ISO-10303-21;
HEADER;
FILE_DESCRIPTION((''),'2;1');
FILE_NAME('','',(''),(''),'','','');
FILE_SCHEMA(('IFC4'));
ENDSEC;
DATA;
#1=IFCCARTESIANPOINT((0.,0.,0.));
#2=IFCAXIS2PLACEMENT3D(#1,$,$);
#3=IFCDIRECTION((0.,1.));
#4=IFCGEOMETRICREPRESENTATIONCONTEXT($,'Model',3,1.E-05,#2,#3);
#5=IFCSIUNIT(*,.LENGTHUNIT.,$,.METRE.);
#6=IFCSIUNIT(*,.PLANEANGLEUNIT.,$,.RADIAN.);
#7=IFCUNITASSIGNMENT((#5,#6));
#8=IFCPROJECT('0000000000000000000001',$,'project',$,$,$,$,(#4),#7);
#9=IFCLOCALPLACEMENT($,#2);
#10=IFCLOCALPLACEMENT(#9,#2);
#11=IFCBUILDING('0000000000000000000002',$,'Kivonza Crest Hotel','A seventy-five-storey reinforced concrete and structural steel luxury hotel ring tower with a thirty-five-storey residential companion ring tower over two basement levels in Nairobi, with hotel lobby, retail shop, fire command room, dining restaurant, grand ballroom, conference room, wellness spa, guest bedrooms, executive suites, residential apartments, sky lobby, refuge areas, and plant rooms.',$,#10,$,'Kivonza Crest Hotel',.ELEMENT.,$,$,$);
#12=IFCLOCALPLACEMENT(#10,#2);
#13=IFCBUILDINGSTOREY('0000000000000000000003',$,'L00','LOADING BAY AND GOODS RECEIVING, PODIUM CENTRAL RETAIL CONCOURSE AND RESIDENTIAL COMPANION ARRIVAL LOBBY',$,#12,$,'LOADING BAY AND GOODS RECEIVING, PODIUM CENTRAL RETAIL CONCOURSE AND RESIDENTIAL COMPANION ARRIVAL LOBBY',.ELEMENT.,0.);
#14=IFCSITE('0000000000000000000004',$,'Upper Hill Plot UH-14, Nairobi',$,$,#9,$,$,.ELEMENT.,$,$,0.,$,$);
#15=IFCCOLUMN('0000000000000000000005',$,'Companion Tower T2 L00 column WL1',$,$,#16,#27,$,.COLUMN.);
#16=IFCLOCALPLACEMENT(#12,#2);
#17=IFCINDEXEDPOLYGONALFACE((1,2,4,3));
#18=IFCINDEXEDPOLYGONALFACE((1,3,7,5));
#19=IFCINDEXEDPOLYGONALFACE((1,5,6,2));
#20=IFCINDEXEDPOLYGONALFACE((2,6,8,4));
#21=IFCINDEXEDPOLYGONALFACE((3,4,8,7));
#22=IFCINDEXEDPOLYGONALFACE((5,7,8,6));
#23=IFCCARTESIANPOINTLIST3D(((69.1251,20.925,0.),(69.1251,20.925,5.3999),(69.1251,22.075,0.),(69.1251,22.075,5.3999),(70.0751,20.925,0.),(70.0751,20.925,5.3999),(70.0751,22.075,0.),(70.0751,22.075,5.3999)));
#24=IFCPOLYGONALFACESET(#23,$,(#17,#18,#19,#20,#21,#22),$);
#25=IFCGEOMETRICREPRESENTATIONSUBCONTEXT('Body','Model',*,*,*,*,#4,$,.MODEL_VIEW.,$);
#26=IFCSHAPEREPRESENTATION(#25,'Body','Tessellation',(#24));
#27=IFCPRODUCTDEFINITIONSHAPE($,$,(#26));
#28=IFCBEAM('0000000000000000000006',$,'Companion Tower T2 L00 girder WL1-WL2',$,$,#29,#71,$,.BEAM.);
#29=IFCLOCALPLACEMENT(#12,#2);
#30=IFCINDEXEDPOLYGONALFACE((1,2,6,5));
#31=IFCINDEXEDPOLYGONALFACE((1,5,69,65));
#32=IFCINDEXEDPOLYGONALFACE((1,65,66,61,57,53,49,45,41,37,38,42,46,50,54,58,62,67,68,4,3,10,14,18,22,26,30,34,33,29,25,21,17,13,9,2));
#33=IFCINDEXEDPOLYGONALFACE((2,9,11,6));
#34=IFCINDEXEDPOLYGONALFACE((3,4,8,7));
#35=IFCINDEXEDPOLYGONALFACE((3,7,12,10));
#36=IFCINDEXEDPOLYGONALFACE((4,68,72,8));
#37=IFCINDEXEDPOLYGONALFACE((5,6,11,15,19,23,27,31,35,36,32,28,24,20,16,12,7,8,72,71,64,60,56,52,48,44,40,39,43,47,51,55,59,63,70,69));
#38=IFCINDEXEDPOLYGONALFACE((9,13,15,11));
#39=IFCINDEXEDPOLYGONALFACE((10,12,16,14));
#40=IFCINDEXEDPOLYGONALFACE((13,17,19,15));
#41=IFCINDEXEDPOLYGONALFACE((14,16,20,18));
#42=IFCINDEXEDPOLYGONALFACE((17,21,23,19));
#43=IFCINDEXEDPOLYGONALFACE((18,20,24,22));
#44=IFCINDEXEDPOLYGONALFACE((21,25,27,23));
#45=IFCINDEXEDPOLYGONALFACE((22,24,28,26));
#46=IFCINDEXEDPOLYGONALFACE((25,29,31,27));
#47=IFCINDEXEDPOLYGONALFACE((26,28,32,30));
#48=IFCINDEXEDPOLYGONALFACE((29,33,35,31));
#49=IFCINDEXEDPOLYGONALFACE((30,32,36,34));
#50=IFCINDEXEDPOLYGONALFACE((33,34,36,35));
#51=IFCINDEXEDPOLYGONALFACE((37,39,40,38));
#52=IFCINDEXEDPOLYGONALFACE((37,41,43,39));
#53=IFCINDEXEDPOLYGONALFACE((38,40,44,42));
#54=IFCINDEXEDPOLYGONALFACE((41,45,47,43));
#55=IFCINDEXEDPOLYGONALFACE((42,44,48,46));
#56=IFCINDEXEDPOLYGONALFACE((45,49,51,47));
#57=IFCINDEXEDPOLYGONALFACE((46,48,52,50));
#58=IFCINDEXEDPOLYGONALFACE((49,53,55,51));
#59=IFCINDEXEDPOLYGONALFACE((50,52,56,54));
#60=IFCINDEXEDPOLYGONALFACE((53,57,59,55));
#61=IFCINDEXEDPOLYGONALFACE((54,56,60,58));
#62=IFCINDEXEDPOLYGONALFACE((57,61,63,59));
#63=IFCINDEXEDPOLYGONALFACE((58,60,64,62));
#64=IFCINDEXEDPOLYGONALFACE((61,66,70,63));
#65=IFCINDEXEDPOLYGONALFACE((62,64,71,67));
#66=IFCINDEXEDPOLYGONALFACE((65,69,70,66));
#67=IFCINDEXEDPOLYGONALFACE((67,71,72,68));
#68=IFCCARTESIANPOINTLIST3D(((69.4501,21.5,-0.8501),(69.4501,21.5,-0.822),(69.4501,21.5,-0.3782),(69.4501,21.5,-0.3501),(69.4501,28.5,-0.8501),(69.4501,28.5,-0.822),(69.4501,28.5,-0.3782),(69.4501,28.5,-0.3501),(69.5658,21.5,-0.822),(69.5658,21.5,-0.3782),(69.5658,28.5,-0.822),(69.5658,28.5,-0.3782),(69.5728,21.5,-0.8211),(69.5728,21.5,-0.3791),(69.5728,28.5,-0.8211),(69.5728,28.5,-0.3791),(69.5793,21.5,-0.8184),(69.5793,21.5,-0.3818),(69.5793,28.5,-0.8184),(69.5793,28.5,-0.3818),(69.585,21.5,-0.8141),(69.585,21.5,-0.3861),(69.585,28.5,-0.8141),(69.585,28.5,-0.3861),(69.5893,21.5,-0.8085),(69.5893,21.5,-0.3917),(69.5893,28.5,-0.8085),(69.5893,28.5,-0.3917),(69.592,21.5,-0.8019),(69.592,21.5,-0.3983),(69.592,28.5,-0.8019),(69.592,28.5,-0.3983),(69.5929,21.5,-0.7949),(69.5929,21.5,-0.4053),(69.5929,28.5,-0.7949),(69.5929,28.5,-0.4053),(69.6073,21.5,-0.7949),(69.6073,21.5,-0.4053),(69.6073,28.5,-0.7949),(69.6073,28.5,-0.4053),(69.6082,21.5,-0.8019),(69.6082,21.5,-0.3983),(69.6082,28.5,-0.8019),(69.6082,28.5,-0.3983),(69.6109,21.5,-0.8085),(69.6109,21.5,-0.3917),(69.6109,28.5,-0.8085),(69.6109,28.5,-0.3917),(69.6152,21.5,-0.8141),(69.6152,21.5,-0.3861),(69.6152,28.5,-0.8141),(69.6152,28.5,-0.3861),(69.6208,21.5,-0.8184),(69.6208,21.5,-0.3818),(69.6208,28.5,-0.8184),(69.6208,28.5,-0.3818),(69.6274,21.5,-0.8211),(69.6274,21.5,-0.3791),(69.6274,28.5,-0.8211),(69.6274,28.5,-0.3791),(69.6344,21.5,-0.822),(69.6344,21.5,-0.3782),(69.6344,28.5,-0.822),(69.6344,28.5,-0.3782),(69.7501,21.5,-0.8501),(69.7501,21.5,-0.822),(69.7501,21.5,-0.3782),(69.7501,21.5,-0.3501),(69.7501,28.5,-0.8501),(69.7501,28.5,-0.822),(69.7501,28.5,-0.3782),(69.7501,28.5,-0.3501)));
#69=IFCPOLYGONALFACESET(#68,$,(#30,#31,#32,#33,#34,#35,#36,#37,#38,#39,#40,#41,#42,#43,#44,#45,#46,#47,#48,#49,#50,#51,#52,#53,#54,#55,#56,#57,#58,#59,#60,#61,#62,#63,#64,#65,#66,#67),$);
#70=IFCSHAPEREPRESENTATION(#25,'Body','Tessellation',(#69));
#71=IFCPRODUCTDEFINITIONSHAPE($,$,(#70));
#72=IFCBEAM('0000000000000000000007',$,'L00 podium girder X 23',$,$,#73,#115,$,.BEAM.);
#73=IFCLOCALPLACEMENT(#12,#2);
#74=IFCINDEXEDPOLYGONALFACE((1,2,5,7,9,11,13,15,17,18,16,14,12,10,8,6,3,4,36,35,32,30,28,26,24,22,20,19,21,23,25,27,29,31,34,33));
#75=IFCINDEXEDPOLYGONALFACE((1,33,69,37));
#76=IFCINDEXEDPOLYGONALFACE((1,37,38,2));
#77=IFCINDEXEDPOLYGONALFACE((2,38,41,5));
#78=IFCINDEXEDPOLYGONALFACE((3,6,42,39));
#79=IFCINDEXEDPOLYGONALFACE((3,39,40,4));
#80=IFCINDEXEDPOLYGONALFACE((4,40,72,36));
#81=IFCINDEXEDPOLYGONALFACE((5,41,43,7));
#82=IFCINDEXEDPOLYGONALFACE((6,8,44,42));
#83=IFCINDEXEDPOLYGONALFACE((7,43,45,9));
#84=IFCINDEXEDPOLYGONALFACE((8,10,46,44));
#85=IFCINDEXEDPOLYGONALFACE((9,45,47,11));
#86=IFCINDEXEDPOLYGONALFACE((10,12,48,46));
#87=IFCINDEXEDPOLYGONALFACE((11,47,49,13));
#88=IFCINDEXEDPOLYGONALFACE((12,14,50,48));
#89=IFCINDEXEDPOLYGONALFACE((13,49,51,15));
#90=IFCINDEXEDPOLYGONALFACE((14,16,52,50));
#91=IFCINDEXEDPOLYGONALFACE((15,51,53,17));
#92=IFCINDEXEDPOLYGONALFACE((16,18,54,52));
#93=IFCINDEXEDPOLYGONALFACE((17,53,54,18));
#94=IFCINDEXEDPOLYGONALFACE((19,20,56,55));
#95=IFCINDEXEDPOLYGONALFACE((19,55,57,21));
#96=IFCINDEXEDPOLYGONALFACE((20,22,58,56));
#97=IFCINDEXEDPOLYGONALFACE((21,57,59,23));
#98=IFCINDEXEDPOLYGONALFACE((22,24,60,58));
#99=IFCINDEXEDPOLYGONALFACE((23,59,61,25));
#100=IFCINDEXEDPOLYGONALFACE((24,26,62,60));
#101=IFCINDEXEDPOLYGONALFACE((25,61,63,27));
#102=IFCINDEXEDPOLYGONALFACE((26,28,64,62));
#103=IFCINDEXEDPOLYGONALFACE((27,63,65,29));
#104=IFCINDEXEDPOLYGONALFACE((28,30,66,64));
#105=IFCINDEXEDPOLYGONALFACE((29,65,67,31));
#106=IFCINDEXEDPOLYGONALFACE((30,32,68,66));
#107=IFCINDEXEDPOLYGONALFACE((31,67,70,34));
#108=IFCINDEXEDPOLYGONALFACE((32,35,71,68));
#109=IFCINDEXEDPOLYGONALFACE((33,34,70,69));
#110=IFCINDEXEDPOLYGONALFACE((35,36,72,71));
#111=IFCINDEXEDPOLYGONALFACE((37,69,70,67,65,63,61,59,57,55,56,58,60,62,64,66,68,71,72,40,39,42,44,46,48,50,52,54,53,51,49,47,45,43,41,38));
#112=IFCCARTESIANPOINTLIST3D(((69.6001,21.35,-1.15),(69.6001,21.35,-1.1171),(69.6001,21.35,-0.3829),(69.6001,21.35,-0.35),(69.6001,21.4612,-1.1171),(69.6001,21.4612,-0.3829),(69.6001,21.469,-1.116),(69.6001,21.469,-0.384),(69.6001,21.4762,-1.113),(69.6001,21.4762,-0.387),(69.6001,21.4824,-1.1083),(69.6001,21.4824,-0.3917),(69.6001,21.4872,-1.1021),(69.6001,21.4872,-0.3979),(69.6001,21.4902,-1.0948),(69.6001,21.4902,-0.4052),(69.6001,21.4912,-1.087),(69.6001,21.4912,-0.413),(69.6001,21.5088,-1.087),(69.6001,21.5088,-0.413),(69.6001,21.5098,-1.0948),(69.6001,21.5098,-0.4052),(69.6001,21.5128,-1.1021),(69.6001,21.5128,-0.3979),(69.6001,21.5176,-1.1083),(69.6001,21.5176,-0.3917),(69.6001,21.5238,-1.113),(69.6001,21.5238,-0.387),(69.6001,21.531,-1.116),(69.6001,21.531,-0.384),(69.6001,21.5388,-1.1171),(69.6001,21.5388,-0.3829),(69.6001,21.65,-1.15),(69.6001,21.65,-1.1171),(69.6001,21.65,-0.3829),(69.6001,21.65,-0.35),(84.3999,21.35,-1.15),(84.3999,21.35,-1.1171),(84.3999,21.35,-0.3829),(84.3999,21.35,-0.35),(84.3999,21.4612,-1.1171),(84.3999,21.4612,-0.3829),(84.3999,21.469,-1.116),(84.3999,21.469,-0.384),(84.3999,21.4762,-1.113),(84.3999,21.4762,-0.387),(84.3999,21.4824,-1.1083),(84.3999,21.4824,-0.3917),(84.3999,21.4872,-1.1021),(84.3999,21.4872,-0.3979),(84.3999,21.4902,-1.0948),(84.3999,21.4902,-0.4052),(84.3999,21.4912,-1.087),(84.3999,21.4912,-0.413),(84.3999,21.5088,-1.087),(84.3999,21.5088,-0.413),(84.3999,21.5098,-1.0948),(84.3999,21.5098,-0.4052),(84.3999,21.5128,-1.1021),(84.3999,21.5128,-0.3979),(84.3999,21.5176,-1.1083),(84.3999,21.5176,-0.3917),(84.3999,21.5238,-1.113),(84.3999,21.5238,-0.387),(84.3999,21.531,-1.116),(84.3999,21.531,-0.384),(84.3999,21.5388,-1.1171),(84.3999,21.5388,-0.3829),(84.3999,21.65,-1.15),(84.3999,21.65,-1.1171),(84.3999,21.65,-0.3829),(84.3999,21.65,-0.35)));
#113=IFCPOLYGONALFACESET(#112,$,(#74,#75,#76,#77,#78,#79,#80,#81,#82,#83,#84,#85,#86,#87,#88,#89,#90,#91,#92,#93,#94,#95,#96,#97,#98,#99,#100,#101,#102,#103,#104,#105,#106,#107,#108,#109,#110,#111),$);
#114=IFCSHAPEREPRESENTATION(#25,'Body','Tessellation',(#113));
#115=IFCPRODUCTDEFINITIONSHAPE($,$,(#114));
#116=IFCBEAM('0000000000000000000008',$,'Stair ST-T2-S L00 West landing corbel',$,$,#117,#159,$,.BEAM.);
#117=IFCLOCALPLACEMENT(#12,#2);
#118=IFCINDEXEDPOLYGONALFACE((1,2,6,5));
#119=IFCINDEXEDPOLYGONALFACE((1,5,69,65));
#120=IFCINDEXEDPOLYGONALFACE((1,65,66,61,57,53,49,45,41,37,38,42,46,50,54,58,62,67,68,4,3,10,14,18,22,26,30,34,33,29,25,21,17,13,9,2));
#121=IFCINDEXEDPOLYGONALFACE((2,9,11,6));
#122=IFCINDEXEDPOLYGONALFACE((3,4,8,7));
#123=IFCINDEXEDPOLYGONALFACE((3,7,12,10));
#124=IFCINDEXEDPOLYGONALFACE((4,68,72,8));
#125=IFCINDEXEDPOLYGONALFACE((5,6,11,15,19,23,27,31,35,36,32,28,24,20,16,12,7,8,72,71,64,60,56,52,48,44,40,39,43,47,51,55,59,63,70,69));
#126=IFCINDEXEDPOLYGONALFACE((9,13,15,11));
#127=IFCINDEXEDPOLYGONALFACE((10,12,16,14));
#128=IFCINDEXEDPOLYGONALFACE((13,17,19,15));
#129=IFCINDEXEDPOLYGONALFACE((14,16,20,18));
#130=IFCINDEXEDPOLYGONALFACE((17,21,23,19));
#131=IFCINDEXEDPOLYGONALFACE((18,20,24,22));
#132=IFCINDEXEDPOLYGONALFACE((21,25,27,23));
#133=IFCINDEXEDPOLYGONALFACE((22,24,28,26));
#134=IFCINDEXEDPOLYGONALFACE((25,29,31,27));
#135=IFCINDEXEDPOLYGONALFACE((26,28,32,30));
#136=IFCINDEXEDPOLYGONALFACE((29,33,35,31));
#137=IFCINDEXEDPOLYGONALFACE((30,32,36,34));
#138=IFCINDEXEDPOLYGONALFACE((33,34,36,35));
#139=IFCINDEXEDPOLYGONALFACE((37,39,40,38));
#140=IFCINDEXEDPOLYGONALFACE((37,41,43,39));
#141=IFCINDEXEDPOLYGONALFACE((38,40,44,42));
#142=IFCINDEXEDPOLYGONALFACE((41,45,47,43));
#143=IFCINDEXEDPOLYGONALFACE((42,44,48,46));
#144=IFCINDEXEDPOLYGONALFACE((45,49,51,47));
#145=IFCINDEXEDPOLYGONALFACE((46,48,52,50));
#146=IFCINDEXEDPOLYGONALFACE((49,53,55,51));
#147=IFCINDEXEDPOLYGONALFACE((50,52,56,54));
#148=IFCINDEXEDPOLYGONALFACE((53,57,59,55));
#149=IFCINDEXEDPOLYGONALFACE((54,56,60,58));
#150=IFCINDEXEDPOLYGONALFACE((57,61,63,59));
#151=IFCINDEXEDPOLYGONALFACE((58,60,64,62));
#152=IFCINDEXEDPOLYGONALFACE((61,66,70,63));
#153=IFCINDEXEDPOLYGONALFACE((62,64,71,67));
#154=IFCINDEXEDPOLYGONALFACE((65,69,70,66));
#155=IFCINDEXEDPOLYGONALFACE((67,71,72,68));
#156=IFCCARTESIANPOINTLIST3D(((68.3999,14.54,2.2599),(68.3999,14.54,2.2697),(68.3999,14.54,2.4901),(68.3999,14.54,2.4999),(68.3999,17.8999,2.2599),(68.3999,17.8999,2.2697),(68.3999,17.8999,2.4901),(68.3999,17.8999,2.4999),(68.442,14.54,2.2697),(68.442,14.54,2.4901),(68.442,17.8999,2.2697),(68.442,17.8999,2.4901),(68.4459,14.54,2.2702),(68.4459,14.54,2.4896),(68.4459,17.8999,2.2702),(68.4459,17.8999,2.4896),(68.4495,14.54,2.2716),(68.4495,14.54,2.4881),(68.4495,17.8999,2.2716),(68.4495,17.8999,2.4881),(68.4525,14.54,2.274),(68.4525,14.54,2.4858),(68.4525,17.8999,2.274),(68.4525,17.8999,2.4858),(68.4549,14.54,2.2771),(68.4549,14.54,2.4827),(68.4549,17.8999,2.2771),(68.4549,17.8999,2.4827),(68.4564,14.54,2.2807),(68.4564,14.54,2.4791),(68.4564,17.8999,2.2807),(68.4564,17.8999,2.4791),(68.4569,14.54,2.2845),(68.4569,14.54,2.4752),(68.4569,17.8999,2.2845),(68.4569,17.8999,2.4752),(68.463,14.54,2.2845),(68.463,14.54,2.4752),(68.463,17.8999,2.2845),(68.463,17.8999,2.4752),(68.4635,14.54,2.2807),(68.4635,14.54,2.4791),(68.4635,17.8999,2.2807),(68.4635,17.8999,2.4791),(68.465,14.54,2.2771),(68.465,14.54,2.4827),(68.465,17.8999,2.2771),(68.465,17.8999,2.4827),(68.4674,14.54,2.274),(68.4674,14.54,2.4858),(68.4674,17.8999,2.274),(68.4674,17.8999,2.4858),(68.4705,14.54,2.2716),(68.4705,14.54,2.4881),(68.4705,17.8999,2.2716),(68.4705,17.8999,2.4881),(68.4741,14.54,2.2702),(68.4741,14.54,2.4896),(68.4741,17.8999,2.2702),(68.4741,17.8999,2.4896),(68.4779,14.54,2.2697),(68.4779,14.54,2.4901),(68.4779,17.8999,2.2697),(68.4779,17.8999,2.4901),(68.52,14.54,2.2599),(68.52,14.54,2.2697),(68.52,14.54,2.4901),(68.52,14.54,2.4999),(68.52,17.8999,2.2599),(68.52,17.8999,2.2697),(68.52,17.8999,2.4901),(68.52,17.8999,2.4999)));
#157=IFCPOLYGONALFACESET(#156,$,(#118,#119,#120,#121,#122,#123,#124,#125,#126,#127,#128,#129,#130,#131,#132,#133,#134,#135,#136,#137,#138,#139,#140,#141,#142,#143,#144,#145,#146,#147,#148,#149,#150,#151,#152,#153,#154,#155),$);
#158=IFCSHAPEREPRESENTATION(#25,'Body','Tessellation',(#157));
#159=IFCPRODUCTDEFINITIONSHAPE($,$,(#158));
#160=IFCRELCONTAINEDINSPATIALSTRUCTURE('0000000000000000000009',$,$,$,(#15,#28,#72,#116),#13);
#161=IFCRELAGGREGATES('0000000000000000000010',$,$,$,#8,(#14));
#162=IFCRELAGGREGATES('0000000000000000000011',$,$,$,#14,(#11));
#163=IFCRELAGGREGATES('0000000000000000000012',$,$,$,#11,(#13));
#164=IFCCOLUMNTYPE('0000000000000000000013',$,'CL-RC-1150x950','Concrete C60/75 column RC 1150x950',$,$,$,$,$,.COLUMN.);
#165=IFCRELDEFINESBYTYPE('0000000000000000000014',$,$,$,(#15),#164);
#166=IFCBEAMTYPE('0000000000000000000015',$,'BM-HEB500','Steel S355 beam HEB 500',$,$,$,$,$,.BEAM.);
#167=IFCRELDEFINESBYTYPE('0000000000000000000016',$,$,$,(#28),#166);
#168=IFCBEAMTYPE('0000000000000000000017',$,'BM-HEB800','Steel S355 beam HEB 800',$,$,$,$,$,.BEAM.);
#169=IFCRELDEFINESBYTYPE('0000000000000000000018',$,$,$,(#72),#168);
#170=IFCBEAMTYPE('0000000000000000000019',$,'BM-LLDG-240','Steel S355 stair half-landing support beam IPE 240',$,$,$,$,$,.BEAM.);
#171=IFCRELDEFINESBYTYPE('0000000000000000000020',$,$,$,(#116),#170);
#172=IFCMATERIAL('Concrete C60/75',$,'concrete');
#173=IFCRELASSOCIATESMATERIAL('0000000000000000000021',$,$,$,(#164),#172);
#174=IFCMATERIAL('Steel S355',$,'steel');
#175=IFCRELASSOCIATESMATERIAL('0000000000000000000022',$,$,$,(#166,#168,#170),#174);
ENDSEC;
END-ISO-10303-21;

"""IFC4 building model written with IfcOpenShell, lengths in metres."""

from ifc_helpers import new_model, si_unit, direction, frame, origin, origin_2d, place, context, subcontext, project, spatial, rectangle, i_section, extrude, material, material_profile, profile_set, type_object, element, save


model = new_model("IFC4")

# Units and contexts
model_context = context("Model", 3, precision=1e-05, world=origin(), true_north=direction((0.0, 1.0)))
body_context = subcontext(model_context, "Body", "Model", "MODEL_VIEW")
ifc_project = project(units=[si_unit("LENGTHUNIT", "METRE"), si_unit("PLANEANGLEUNIT", "RADIAN")], contexts=[model_context])

# Site, building, storey
site_placement = place(None, origin())
site = spatial("IfcSite", under=ifc_project, at=site_placement, Name="Upper Hill Plot UH-14, Nairobi", CompositionType="ELEMENT", RefElevation=0.0)
building_placement = place(site_placement, origin())
building = spatial("IfcBuilding", under=site, at=building_placement, Name="Kivonza Crest Hotel", Description="A seventy-five-storey reinforced concrete and structural steel luxury hotel ring tower with a thirty-five-storey residential companion ring tower over two basement levels in Nairobi, with hotel lobby, retail shop, fire command room, dining restaurant, grand ballroom, conference room, wellness spa, guest bedrooms, executive suites, residential apartments, sky lobby, refuge areas, and plant rooms.", LongName="Kivonza Crest Hotel", CompositionType="ELEMENT")
storey_placement = place(building_placement, origin())
storey = spatial("IfcBuildingStorey", under=building, at=storey_placement, Name="L00", Description="LOADING BAY AND GOODS RECEIVING, PODIUM CENTRAL RETAIL CONCOURSE AND RESIDENTIAL COMPANION ARRIVAL LOBBY", LongName="LOADING BAY AND GOODS RECEIVING, PODIUM CENTRAL RETAIL CONCOURSE AND RESIDENTIAL COMPANION ARRIVAL LOBBY", CompositionType="ELEMENT", Elevation=0.0)

# Column
ifc_material_1 = material(Name="Concrete C60/75", Category="concrete")
ifc_material_profile_1 = material_profile(ifc_material_1, rectangle(XDim=0.95, YDim=1.1499, at=origin_2d()), Name="RC 1150x950")
ifc_profile_set_1 = profile_set([ifc_material_profile_1], Name="Concrete C60/75")
column_type = type_object("IfcColumnType", Name="CL-RC-1150x950", Description="Concrete C60/75 column RC 1150x950", PredefinedType="COLUMN", material=ifc_profile_set_1)
column_placement = place(storey_placement, frame((69.6001, 21.5, 0.0), z_axis=(0.0, 0.0, 1.0), x_axis=(1.0, 0.0, 0.0)))
element("IfcColumn", 1, at=column_placement, inside=storey, type_object=column_type, Name="Companion Tower T2 L00 column WL1", PredefinedType="COLUMN", context=body_context, shape_type="SweptSolid", body=[
    extrude(rectangle(XDim=0.95, YDim=1.1499, at=origin_2d()), origin(), (0.0, 0.0, 1.0), 5.3999),
])

# Beams
ifc_material_2 = material(Name="Steel S355", Category="steel")
ifc_material_profile_2 = material_profile(ifc_material_2, i_section(OverallWidth=0.3, OverallDepth=0.5, WebThickness=0.0144, FlangeThickness=0.0281, FilletRadius=0.0271, at=origin_2d()), Name="HEB 500")
ifc_profile_set_2 = profile_set([ifc_material_profile_2], Name="Steel S355")
beam_type_1 = type_object("IfcBeamType", Name="BM-HEB500", Description="Steel S355 beam HEB 500", PredefinedType="BEAM", material=ifc_profile_set_2)
beam_1_placement = place(storey_placement, frame((69.6001, 21.5, -0.6001), z_axis=(0.0, 1.0, 0.0), x_axis=(-1.0, 0.0, 0.0)))
element("IfcBeam", 2, at=beam_1_placement, inside=storey, type_object=beam_type_1, Name="Companion Tower T2 L00 girder WL1-WL2", PredefinedType="BEAM", context=body_context, shape_type="SweptSolid", body=[
    extrude(i_section(OverallWidth=0.3, OverallDepth=0.5, WebThickness=0.0144, FlangeThickness=0.0281, FilletRadius=0.0271, at=origin_2d()), origin(), (0.0, 0.0, 1.0), 7.0),
])
ifc_material_profile_3 = material_profile(ifc_material_2, i_section(OverallWidth=0.3, OverallDepth=0.8, WebThickness=0.0176, FlangeThickness=0.033, FilletRadius=0.03, at=origin_2d()), Name="HEB 800")
ifc_profile_set_3 = profile_set([ifc_material_profile_3], Name="Steel S355")
beam_type_2 = type_object("IfcBeamType", Name="BM-HEB800", Description="Steel S355 beam HEB 800", PredefinedType="BEAM", material=ifc_profile_set_3)
beam_2_placement = place(storey_placement, frame((69.6001, 21.5, -0.75), z_axis=(1.0, 0.0, 0.0), x_axis=(0.0, 1.0, 0.0)))
element("IfcBeam", 3, at=beam_2_placement, inside=storey, type_object=beam_type_2, Name="L00 podium girder X 23", PredefinedType="BEAM", context=body_context, shape_type="SweptSolid", body=[
    extrude(i_section(OverallWidth=0.3, OverallDepth=0.8, WebThickness=0.0176, FlangeThickness=0.033, FilletRadius=0.03, at=origin_2d()), origin(), (0.0, 0.0, 1.0), 14.7998),
])
ifc_material_profile_4 = material_profile(ifc_material_2, i_section(OverallWidth=0.1201, OverallDepth=0.24, WebThickness=0.0061, FlangeThickness=0.0098, FilletRadius=0.0149, at=origin_2d()), Name="IPE 240")
ifc_profile_set_4 = profile_set([ifc_material_profile_4], Name="Steel S355")
beam_type_3 = type_object("IfcBeamType", Name="BM-LLDG-240", Description="Steel S355 stair half-landing support beam IPE 240", PredefinedType="BEAM", material=ifc_profile_set_4)
beam_3_placement = place(storey_placement, frame((68.46, 14.54, 2.3799), z_axis=(0.0, 1.0, 0.0), x_axis=(-1.0, 0.0, 0.0)))
element("IfcBeam", 4, at=beam_3_placement, inside=storey, type_object=beam_type_3, Name="Stair ST-T2-S L00 West landing corbel", PredefinedType="BEAM", context=body_context, shape_type="SweptSolid", body=[
    extrude(i_section(OverallWidth=0.1201, OverallDepth=0.24, WebThickness=0.0061, FlangeThickness=0.0098, FilletRadius=0.0149, at=origin_2d()), origin(), (0.0, 0.0, 1.0), 3.3599),
])

save(model, "model.ifc")
